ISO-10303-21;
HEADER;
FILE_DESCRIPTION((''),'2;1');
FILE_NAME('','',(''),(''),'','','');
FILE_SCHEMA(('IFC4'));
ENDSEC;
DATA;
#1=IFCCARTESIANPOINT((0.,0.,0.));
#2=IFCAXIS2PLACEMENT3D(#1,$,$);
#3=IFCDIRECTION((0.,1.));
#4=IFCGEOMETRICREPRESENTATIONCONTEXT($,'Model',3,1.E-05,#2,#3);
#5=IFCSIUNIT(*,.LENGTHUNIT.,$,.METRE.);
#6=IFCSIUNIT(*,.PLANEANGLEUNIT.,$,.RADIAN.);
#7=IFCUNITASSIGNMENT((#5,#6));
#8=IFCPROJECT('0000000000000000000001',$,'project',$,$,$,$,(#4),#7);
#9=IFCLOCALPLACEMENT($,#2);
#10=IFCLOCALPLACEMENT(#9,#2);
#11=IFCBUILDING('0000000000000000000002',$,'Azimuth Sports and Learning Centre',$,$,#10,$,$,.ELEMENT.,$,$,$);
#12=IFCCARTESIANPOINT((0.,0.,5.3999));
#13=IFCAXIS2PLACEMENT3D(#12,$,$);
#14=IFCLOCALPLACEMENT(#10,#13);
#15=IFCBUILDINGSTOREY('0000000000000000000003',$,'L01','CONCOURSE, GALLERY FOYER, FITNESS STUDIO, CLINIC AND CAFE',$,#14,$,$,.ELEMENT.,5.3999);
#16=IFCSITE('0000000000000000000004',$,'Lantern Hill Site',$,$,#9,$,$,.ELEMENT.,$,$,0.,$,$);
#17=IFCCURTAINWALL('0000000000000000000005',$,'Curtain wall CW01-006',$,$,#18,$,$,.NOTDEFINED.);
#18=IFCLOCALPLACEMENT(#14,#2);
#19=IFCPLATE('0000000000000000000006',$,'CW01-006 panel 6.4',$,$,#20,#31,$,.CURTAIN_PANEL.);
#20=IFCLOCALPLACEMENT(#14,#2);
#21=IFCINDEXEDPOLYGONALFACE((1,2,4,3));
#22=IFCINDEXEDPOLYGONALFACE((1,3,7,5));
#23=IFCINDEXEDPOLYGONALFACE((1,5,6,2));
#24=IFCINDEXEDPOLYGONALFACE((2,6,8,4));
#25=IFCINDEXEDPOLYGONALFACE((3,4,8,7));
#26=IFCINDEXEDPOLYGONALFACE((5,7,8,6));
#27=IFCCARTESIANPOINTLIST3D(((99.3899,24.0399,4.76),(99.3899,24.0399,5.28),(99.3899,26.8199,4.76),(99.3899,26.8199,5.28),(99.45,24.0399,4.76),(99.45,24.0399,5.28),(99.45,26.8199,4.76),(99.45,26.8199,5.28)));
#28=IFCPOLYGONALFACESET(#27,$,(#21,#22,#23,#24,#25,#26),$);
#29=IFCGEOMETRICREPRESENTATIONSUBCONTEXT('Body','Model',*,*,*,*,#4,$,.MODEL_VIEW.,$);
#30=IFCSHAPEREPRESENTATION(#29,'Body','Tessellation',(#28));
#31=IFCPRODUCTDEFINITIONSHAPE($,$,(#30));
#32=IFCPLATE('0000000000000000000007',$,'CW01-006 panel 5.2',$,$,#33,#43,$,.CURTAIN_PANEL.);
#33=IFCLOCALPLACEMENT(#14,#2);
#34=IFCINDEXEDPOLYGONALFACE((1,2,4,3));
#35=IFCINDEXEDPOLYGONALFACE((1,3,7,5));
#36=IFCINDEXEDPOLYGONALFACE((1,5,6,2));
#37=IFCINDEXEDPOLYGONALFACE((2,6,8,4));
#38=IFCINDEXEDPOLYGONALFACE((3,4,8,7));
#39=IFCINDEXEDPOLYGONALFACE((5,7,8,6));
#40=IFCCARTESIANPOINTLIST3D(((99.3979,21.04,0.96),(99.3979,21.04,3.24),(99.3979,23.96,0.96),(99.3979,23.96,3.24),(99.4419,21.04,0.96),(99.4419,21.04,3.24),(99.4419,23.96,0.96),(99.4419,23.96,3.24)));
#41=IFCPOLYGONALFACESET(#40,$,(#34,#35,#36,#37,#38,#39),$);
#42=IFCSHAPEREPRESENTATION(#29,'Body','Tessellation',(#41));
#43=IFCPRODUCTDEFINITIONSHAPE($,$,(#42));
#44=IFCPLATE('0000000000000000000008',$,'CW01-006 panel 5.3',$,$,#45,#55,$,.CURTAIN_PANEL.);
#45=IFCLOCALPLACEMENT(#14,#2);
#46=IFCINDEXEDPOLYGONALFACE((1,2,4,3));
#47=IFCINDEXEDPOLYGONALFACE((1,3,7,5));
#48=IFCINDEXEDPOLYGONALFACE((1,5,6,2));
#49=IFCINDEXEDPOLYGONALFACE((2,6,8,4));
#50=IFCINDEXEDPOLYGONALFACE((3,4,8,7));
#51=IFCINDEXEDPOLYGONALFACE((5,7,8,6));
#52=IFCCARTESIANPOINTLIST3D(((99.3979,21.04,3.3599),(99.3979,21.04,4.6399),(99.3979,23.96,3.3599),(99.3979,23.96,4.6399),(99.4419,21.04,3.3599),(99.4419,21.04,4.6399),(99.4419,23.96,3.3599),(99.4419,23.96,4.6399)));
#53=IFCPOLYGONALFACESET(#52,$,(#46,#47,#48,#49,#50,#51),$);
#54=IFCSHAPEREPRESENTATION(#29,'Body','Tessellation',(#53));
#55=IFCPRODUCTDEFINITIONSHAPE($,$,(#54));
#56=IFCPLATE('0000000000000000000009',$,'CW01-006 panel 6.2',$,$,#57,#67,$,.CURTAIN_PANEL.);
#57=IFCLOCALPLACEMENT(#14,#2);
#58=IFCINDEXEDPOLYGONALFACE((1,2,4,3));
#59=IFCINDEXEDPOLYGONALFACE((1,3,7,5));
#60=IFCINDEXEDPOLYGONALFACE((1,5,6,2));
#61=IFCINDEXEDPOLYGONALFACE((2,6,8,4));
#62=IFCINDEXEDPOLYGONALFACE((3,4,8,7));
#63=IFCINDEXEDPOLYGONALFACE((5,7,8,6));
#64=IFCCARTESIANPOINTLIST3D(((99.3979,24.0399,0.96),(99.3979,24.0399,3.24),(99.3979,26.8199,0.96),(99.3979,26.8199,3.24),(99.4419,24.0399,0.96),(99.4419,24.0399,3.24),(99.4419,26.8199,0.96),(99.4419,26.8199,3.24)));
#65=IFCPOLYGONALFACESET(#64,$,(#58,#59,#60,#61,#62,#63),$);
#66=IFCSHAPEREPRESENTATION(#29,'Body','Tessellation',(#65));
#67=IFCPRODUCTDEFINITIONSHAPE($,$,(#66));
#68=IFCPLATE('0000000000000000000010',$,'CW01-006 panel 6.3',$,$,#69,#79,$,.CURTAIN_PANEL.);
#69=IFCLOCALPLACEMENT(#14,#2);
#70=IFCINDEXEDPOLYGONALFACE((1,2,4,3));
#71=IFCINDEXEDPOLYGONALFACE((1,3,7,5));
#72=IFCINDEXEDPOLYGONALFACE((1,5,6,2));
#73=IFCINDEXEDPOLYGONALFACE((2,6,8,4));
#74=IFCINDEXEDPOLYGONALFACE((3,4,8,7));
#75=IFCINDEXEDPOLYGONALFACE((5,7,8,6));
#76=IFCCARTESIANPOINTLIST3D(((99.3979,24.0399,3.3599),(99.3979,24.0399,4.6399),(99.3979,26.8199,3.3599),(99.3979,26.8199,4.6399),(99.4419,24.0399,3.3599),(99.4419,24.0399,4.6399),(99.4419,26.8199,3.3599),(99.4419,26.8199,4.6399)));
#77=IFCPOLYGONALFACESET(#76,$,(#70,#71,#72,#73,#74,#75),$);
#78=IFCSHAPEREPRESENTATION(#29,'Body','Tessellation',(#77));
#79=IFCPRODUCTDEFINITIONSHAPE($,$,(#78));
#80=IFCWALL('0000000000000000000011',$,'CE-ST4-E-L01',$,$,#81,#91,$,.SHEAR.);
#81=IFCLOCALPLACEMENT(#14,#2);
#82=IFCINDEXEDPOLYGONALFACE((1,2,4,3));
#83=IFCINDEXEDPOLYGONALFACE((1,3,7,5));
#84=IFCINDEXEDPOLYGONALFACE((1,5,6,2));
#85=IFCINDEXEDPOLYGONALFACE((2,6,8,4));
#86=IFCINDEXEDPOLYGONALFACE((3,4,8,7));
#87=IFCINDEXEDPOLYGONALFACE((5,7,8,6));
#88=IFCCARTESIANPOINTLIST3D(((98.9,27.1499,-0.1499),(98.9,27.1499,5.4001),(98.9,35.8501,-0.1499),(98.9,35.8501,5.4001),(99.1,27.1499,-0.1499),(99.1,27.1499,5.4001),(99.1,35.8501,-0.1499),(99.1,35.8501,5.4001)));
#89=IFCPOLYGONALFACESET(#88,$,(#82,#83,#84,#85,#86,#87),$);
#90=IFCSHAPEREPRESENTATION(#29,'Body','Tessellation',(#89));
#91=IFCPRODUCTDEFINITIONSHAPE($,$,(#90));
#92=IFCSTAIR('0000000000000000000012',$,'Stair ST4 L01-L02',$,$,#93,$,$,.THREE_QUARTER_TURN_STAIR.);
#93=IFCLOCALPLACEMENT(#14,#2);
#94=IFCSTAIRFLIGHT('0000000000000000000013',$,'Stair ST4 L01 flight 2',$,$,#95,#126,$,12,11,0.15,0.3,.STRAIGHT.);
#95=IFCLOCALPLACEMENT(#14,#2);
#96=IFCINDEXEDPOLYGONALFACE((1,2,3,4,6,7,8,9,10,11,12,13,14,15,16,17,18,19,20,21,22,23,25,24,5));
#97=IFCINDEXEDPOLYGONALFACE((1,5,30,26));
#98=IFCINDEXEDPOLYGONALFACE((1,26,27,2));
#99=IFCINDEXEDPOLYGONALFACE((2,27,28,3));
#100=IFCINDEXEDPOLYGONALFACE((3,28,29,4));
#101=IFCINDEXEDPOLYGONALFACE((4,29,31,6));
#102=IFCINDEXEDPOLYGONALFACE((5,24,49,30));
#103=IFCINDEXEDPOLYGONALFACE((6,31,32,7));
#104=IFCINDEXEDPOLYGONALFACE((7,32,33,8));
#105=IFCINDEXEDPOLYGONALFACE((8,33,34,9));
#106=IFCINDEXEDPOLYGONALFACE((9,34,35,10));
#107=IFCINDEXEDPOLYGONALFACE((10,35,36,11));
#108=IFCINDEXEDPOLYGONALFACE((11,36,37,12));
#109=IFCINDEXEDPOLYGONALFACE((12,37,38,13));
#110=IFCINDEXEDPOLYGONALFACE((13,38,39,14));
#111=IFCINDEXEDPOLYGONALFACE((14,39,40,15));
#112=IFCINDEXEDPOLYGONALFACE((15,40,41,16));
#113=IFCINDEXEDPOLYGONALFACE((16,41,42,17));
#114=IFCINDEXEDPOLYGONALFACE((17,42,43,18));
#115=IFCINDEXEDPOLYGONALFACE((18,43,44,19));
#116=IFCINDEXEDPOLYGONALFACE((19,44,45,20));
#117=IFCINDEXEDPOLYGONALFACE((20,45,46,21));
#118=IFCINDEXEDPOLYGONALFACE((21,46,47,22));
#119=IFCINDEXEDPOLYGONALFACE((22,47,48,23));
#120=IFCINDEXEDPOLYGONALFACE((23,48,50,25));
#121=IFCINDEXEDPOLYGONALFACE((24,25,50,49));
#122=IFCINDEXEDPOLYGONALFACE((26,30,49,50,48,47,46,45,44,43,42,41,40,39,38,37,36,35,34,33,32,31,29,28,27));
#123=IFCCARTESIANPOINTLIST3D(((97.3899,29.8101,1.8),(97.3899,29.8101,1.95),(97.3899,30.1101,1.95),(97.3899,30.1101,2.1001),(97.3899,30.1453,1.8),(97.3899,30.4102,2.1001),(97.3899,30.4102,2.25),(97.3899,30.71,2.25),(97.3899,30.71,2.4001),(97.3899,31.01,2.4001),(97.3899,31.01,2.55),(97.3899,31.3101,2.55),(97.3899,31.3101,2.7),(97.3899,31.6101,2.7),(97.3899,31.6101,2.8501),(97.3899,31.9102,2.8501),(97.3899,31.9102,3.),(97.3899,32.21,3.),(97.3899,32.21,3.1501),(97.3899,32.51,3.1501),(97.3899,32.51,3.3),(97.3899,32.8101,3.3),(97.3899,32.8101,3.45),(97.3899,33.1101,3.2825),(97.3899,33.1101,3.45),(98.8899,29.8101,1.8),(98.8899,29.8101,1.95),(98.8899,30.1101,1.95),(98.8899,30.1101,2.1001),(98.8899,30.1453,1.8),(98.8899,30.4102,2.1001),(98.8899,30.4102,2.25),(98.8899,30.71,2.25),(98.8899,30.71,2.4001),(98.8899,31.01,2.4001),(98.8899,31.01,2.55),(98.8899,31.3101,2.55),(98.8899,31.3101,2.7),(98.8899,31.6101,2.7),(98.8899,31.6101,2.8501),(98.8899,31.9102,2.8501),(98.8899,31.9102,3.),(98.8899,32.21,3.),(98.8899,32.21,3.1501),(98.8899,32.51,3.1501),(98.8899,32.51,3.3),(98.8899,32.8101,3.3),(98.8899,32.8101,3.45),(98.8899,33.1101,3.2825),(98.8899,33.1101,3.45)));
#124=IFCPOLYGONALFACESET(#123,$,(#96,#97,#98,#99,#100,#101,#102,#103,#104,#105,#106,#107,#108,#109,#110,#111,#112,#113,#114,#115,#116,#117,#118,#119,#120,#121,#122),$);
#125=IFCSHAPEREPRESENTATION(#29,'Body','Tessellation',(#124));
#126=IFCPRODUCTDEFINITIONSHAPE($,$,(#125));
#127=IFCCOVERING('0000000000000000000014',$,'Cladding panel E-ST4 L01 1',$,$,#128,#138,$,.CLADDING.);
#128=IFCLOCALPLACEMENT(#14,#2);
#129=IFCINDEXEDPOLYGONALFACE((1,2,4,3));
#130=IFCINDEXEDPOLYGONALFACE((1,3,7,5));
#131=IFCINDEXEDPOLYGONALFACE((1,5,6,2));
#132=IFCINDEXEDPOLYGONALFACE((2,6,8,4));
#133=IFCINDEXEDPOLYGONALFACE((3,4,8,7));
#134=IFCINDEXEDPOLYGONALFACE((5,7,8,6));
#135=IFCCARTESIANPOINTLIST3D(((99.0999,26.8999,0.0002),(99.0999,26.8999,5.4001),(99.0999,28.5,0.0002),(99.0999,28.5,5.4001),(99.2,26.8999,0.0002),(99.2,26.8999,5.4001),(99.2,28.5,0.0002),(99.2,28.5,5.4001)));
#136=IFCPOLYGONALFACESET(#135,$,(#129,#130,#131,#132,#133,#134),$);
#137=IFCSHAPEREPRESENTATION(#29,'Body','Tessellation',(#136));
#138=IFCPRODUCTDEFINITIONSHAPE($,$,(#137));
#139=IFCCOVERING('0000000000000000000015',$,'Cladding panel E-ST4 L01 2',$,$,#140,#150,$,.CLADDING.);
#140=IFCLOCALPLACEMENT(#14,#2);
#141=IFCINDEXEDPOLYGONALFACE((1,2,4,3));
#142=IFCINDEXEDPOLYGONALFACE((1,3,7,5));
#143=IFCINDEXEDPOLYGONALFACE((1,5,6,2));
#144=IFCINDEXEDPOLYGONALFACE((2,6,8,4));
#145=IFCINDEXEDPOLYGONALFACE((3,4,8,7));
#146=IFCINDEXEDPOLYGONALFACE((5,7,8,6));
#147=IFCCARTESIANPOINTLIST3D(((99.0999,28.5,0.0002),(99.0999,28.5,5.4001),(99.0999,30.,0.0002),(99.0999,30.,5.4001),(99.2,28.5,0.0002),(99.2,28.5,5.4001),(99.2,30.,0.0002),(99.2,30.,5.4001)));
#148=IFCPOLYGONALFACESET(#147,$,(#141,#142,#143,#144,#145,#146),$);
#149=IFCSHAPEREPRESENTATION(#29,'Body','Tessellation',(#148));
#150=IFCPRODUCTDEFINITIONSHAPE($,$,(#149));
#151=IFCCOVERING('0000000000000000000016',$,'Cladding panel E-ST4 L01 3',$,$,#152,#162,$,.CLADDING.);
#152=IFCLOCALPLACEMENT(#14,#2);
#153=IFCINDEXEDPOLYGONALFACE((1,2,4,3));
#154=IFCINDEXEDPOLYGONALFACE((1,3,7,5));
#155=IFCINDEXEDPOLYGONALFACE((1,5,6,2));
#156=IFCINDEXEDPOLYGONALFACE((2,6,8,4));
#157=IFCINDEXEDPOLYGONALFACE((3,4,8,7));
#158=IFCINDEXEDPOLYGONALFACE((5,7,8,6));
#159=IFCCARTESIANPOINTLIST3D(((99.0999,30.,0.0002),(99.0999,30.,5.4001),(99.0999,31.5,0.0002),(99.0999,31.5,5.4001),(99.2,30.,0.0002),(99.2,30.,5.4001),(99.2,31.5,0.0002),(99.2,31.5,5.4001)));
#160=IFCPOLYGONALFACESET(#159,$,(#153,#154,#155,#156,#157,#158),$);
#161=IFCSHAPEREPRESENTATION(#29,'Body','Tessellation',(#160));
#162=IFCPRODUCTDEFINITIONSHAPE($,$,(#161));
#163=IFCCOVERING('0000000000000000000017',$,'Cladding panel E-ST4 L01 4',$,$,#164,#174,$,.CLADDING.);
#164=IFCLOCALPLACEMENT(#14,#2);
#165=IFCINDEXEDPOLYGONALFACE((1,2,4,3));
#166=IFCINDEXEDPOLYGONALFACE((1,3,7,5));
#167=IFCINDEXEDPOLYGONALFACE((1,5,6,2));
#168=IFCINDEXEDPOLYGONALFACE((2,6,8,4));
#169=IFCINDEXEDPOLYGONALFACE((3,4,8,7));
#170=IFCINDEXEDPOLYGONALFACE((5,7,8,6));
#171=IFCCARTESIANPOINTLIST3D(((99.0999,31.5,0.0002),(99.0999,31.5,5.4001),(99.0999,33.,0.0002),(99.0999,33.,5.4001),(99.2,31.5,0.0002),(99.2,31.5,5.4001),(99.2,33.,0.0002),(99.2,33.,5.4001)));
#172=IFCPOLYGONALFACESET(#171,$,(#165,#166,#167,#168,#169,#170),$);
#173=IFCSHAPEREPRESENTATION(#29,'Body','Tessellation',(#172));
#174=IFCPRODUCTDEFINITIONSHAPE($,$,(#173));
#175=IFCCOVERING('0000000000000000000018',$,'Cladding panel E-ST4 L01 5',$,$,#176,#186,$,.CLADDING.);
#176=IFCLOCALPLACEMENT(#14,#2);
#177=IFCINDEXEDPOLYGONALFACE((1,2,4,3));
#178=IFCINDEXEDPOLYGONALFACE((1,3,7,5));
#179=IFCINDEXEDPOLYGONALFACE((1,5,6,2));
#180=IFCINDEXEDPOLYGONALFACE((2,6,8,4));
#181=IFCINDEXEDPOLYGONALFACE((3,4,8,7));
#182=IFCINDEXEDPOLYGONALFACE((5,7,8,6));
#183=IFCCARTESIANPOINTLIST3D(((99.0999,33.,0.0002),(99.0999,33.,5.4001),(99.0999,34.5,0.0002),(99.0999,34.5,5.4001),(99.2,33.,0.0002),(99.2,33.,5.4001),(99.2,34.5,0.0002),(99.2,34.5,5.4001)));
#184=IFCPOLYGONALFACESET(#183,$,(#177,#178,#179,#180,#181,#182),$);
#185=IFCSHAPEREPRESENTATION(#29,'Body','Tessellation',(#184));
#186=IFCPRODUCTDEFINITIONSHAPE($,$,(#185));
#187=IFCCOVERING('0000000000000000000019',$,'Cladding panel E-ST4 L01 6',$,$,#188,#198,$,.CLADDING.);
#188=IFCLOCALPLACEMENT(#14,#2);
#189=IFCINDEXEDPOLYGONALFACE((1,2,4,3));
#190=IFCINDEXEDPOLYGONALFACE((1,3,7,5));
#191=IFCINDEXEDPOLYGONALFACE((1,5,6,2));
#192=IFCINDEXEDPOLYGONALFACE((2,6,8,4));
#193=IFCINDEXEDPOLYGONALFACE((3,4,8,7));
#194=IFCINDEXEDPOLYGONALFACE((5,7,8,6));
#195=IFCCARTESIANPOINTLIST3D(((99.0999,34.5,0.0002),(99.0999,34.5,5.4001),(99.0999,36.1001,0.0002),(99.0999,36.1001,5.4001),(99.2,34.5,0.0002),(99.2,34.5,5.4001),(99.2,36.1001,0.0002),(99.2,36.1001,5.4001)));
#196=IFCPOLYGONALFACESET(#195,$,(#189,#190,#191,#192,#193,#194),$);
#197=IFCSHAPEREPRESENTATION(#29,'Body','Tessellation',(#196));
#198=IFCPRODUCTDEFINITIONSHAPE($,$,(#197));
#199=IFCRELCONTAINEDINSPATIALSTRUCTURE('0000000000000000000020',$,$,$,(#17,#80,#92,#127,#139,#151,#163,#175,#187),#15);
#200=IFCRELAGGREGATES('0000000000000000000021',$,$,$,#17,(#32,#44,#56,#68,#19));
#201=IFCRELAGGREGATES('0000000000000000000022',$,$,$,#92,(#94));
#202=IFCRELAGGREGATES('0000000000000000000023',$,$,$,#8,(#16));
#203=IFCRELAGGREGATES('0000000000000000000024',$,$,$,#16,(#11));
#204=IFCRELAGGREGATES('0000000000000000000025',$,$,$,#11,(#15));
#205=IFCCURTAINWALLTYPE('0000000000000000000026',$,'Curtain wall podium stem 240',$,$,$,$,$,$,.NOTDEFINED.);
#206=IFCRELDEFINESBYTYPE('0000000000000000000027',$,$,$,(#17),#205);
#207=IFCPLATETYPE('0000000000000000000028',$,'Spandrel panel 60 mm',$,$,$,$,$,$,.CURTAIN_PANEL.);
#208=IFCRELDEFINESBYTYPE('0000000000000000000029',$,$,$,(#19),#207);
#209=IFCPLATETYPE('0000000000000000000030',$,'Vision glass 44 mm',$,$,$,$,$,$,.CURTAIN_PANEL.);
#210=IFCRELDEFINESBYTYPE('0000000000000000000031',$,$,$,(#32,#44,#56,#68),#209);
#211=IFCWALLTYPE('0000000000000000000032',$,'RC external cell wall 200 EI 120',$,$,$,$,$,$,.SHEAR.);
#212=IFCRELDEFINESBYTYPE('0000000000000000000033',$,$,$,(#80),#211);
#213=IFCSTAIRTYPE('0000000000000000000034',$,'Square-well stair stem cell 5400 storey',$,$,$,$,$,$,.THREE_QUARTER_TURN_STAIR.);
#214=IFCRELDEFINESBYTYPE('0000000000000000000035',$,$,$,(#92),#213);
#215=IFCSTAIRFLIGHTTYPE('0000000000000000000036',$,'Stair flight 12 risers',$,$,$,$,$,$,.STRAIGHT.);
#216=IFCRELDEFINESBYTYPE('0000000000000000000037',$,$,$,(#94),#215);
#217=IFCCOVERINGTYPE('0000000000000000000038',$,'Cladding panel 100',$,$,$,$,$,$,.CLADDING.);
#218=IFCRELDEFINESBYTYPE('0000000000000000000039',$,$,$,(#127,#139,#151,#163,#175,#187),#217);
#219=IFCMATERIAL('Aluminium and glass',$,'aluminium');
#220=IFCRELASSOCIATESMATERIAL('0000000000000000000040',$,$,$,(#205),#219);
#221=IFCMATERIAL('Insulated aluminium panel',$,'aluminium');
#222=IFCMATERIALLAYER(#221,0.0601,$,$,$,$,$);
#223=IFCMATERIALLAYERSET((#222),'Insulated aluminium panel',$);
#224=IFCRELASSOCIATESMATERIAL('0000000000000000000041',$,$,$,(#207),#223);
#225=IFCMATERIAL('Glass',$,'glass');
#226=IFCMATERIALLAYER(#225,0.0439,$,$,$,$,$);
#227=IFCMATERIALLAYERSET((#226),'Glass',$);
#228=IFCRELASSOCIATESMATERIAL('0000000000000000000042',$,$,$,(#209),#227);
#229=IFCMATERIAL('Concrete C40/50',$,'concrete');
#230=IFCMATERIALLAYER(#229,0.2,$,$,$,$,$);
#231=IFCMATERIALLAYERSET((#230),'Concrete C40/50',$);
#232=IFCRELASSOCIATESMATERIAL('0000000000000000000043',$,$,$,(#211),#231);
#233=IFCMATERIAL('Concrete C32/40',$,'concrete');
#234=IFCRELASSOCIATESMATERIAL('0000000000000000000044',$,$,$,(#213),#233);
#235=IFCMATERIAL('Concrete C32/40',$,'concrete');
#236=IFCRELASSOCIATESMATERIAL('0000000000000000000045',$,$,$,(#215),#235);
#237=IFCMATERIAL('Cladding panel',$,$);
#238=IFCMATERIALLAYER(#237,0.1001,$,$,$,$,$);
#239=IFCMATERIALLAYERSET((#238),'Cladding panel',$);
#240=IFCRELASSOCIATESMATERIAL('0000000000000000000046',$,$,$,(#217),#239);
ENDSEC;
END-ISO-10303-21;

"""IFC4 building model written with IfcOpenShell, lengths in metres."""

from ifc_helpers import new_model, si_unit, direction, frame, frame_2d, origin, origin_2d, place, context, subcontext, project, spatial, polyline, rectangle, outline, extrude, material, layer, layer_set, type_object, element, aggregate, save


model = new_model("IFC4")

# Units and contexts
model_context = context("Model", 3, precision=1e-05, world=origin(), true_north=direction((0.0, 1.0)))
body_context = subcontext(model_context, "Body", "Model", "MODEL_VIEW")
ifc_project = project(units=[si_unit("LENGTHUNIT", "METRE"), si_unit("PLANEANGLEUNIT", "RADIAN")], contexts=[model_context])

# Site, building, storey
site_placement = place(None, origin())
site = spatial("IfcSite", under=ifc_project, at=site_placement, Name="Lantern Hill Site", CompositionType="ELEMENT", RefElevation=0.0)
building_placement = place(site_placement, origin())
building = spatial("IfcBuilding", under=site, at=building_placement, Name="Azimuth Sports and Learning Centre", CompositionType="ELEMENT")
storey_placement = place(building_placement, frame((0.0, 0.0, 5.3999)))
storey = spatial("IfcBuildingStorey", under=building, at=storey_placement, Name="L01", Description="CONCOURSE, GALLERY FOYER, FITNESS STUDIO, CLINIC AND CAFE", CompositionType="ELEMENT", Elevation=5.3999)

# Curtain wall
ifc_material_1 = material(Name="Aluminium and glass", Category="aluminium")
curtain_wall_type = type_object("IfcCurtainWallType", Name="Curtain wall podium stem 240", PredefinedType="NOTDEFINED", material=ifc_material_1)
curtain_wall_1_placement = place(storey_placement, origin())
curtain_wall_1 = element("IfcCurtainWall", 1, at=curtain_wall_1_placement, inside=storey, type_object=curtain_wall_type, Name="Curtain wall CW01-006", PredefinedType="NOTDEFINED")

# Plates
ifc_material_2 = material(Name="Insulated aluminium panel", Category="aluminium")
ifc_layer_1 = layer(ifc_material_2, 0.0601)
ifc_layer_set_1 = layer_set([ifc_layer_1], Name="Insulated aluminium panel")
plate_type_1 = type_object("IfcPlateType", Name="Spandrel panel 60 mm", PredefinedType="CURTAIN_PANEL", material=ifc_layer_set_1)
plate_1_placement = place(storey_placement, frame((99.4199, 25.4299, 4.76), z_axis=(0.0, 0.0, 1.0), x_axis=(0.0, 1.0, 0.0)))
plate_1 = element("IfcPlate", 2, at=plate_1_placement, type_object=plate_type_1, Name="CW01-006 panel 6.4", PredefinedType="CURTAIN_PANEL", context=body_context, shape_type="SweptSolid", body=[
    extrude(rectangle(XDim=2.78, YDim=0.0601, at=origin_2d()), origin(), (0.0, 0.0, 1.0), 0.52),
])
ifc_material_3 = material(Name="Glass", Category="glass")
ifc_layer_2 = layer(ifc_material_3, 0.0439)
ifc_layer_set_2 = layer_set([ifc_layer_2], Name="Glass")
plate_type_2 = type_object("IfcPlateType", Name="Vision glass 44 mm", PredefinedType="CURTAIN_PANEL", material=ifc_layer_set_2)
plate_2_placement = place(storey_placement, frame((99.4199, 22.5, 0.96), z_axis=(0.0, 0.0, 1.0), x_axis=(0.0, 1.0, 0.0)))
plate_2 = element("IfcPlate", 3, at=plate_2_placement, type_object=plate_type_2, Name="CW01-006 panel 5.2", PredefinedType="CURTAIN_PANEL", context=body_context, shape_type="SweptSolid", body=[
    extrude(rectangle(XDim=2.9199, YDim=0.0439, at=origin_2d()), origin(), (0.0, 0.0, 1.0), 2.28),
])
plate_3_placement = place(storey_placement, frame((99.4199, 22.5, 3.3599), z_axis=(0.0, 0.0, 1.0), x_axis=(0.0, 1.0, 0.0)))
plate_3 = element("IfcPlate", 4, at=plate_3_placement, type_object=plate_type_2, Name="CW01-006 panel 5.3", PredefinedType="CURTAIN_PANEL", context=body_context, shape_type="SweptSolid", body=[
    extrude(rectangle(XDim=2.9199, YDim=0.0439, at=origin_2d()), origin(), (0.0, 0.0, 1.0), 1.28),
])
plate_4_placement = place(storey_placement, frame((99.4199, 25.4299, 0.96), z_axis=(0.0, 0.0, 1.0), x_axis=(0.0, 1.0, 0.0)))
plate_4 = element("IfcPlate", 5, at=plate_4_placement, type_object=plate_type_2, Name="CW01-006 panel 6.2", PredefinedType="CURTAIN_PANEL", context=body_context, shape_type="SweptSolid", body=[
    extrude(rectangle(XDim=2.78, YDim=0.0439, at=origin_2d()), origin(), (0.0, 0.0, 1.0), 2.28),
])
plate_5_placement = place(storey_placement, frame((99.4199, 25.4299, 3.3599), z_axis=(0.0, 0.0, 1.0), x_axis=(0.0, 1.0, 0.0)))
plate_5 = element("IfcPlate", 6, at=plate_5_placement, type_object=plate_type_2, Name="CW01-006 panel 6.3", PredefinedType="CURTAIN_PANEL", context=body_context, shape_type="SweptSolid", body=[
    extrude(rectangle(XDim=2.78, YDim=0.0439, at=origin_2d()), origin(), (0.0, 0.0, 1.0), 1.28),
])
aggregate(curtain_wall_1, [plate_2, plate_3, plate_4, plate_5, plate_1])

# Wall
ifc_material_4 = material(Name="Concrete C40/50", Category="concrete")
ifc_layer_3 = layer(ifc_material_4, 0.2)
ifc_layer_set_3 = layer_set([ifc_layer_3], Name="Concrete C40/50")
wall_type = type_object("IfcWallType", Name="RC external cell wall 200 EI 120", PredefinedType="SHEAR", material=ifc_layer_set_3)
wall_placement = place(storey_placement, frame((99.0, 27.1499, -0.1499), z_axis=(0.0, 0.0, 1.0), x_axis=(0.0, 1.0, 0.0)))
element("IfcWall", 7, at=wall_placement, inside=storey, type_object=wall_type, Name="CE-ST4-E-L01", PredefinedType="SHEAR", context=body_context, shape_type="SweptSolid", body=[
    extrude(rectangle(XDim=8.7002, YDim=0.2, at=frame_2d((4.3501, 0.0))), origin(), (0.0, 0.0, 1.0), 5.55),
])

# Stair, stair flight
ifc_material_5 = material(Name="Concrete C32/40", Category="concrete")
stair_type = type_object("IfcStairType", Name="Square-well stair stem cell 5400 storey", PredefinedType="THREE_QUARTER_TURN_STAIR", material=ifc_material_5)
stair_placement = place(storey_placement, origin())
stair = element("IfcStair", 8, at=stair_placement, inside=storey, type_object=stair_type, Name="Stair ST4 L01-L02", PredefinedType="THREE_QUARTER_TURN_STAIR")
ifc_material_6 = material(Name="Concrete C32/40", Category="concrete")
stair_flight_type = type_object("IfcStairFlightType", Name="Stair flight 12 risers", PredefinedType="STRAIGHT", material=ifc_material_6)
stair_flight_placement = place(storey_placement, frame((98.1399, 29.8101, 1.8), z_axis=(0.0, 0.0, 1.0), x_axis=(0.0, 1.0, 0.0)))
stair_flight = element("IfcStairFlight", 9, at=stair_flight_placement, type_object=stair_flight_type, Name="Stair ST4 L01 flight 2", NumberOfRisers=12, NumberOfTreads=11, PredefinedType="STRAIGHT", RiserHeight=0.15, TreadLength=0.3, context=body_context, shape_type="SweptSolid", body=[
    extrude(outline(polyline([(0.0, 0.0), (0.0, 0.1499), (0.3, 0.1499), (0.3, 0.3), (0.6001, 0.3), (0.6001, 0.45), (0.8999, 0.45), (0.8999, 0.6001), (1.2, 0.6001), (1.2, 0.75), (1.5, 0.75), (1.5, 0.8999), (1.8, 0.8999), (1.8, 1.05), (2.1001, 1.05), (2.1001, 1.2), (2.3999, 1.2), (2.3999, 1.3501), (2.7, 1.3501), (2.7, 1.5), (3.0, 1.5), (3.0, 1.6499), (3.3, 1.6499), (3.3, 1.8), (3.3, 1.4824), (0.3352, 0.0), (0.0, 0.0)])), frame((0.0, 0.75, 0.0), z_axis=(0.0, -1.0, 0.0), x_axis=(1.0, 0.0, 0.0)), (0.0, 0.0, 1.0), 1.5),
])
aggregate(stair, [stair_flight])

# Coverings
ifc_material_7 = material(Name="Cladding panel")
ifc_layer_4 = layer(ifc_material_7, 0.1001)
ifc_layer_set_4 = layer_set([ifc_layer_4], Name="Cladding panel")
covering_type = type_object("IfcCoveringType", Name="Cladding panel 100", PredefinedType="CLADDING", material=ifc_layer_set_4)
covering_1_placement = place(storey_placement, frame((99.1499, 27.7, 0.0002), z_axis=(0.0, 0.0, 1.0), x_axis=(0.0, 1.0, 0.0)))
element("IfcCovering", 10, at=covering_1_placement, inside=storey, type_object=covering_type, Name="Cladding panel E-ST4 L01 1", PredefinedType="CLADDING", context=body_context, shape_type="SweptSolid", body=[
    extrude(rectangle(XDim=1.6001, YDim=0.1001, at=origin_2d()), origin(), (0.0, 0.0, 1.0), 5.3999),
])
for number, where, z_axis, x_axis, name in (
    (11, (99.1499, 29.25, 0.0002), (0.0, 0.0, 1.0), (0.0, 1.0, 0.0), "Cladding panel E-ST4 L01 2"),
    (12, (99.1499, 30.75, 0.0002), (0.0, 0.0, 1.0), (0.0, 1.0, 0.0), "Cladding panel E-ST4 L01 3"),
    (13, (99.1499, 32.25, 0.0002), (0.0, 0.0, 1.0), (0.0, 1.0, 0.0), "Cladding panel E-ST4 L01 4"),
    (14, (99.1499, 33.75, 0.0002), (0.0, 0.0, 1.0), (0.0, 1.0, 0.0), "Cladding panel E-ST4 L01 5"),
):
    element("IfcCovering", number, at=place(storey_placement, frame(where, z_axis=z_axis, x_axis=x_axis)), inside=storey, type_object=covering_type, Name=name, PredefinedType="CLADDING", context=body_context, shape_type="SweptSolid", body=[
        extrude(rectangle(XDim=1.5, YDim=0.1001, at=origin_2d()), origin(), (0.0, 0.0, 1.0), 5.3999),
    ])
covering_2_placement = place(storey_placement, frame((99.1499, 35.3, 0.0002), z_axis=(0.0, 0.0, 1.0), x_axis=(0.0, 1.0, 0.0)))
element("IfcCovering", 15, at=covering_2_placement, inside=storey, type_object=covering_type, Name="Cladding panel E-ST4 L01 6", PredefinedType="CLADDING", context=body_context, shape_type="SweptSolid", body=[
    extrude(rectangle(XDim=1.6001, YDim=0.1001, at=origin_2d()), origin(), (0.0, 0.0, 1.0), 5.3999),
])

save(model, "model.ifc")
